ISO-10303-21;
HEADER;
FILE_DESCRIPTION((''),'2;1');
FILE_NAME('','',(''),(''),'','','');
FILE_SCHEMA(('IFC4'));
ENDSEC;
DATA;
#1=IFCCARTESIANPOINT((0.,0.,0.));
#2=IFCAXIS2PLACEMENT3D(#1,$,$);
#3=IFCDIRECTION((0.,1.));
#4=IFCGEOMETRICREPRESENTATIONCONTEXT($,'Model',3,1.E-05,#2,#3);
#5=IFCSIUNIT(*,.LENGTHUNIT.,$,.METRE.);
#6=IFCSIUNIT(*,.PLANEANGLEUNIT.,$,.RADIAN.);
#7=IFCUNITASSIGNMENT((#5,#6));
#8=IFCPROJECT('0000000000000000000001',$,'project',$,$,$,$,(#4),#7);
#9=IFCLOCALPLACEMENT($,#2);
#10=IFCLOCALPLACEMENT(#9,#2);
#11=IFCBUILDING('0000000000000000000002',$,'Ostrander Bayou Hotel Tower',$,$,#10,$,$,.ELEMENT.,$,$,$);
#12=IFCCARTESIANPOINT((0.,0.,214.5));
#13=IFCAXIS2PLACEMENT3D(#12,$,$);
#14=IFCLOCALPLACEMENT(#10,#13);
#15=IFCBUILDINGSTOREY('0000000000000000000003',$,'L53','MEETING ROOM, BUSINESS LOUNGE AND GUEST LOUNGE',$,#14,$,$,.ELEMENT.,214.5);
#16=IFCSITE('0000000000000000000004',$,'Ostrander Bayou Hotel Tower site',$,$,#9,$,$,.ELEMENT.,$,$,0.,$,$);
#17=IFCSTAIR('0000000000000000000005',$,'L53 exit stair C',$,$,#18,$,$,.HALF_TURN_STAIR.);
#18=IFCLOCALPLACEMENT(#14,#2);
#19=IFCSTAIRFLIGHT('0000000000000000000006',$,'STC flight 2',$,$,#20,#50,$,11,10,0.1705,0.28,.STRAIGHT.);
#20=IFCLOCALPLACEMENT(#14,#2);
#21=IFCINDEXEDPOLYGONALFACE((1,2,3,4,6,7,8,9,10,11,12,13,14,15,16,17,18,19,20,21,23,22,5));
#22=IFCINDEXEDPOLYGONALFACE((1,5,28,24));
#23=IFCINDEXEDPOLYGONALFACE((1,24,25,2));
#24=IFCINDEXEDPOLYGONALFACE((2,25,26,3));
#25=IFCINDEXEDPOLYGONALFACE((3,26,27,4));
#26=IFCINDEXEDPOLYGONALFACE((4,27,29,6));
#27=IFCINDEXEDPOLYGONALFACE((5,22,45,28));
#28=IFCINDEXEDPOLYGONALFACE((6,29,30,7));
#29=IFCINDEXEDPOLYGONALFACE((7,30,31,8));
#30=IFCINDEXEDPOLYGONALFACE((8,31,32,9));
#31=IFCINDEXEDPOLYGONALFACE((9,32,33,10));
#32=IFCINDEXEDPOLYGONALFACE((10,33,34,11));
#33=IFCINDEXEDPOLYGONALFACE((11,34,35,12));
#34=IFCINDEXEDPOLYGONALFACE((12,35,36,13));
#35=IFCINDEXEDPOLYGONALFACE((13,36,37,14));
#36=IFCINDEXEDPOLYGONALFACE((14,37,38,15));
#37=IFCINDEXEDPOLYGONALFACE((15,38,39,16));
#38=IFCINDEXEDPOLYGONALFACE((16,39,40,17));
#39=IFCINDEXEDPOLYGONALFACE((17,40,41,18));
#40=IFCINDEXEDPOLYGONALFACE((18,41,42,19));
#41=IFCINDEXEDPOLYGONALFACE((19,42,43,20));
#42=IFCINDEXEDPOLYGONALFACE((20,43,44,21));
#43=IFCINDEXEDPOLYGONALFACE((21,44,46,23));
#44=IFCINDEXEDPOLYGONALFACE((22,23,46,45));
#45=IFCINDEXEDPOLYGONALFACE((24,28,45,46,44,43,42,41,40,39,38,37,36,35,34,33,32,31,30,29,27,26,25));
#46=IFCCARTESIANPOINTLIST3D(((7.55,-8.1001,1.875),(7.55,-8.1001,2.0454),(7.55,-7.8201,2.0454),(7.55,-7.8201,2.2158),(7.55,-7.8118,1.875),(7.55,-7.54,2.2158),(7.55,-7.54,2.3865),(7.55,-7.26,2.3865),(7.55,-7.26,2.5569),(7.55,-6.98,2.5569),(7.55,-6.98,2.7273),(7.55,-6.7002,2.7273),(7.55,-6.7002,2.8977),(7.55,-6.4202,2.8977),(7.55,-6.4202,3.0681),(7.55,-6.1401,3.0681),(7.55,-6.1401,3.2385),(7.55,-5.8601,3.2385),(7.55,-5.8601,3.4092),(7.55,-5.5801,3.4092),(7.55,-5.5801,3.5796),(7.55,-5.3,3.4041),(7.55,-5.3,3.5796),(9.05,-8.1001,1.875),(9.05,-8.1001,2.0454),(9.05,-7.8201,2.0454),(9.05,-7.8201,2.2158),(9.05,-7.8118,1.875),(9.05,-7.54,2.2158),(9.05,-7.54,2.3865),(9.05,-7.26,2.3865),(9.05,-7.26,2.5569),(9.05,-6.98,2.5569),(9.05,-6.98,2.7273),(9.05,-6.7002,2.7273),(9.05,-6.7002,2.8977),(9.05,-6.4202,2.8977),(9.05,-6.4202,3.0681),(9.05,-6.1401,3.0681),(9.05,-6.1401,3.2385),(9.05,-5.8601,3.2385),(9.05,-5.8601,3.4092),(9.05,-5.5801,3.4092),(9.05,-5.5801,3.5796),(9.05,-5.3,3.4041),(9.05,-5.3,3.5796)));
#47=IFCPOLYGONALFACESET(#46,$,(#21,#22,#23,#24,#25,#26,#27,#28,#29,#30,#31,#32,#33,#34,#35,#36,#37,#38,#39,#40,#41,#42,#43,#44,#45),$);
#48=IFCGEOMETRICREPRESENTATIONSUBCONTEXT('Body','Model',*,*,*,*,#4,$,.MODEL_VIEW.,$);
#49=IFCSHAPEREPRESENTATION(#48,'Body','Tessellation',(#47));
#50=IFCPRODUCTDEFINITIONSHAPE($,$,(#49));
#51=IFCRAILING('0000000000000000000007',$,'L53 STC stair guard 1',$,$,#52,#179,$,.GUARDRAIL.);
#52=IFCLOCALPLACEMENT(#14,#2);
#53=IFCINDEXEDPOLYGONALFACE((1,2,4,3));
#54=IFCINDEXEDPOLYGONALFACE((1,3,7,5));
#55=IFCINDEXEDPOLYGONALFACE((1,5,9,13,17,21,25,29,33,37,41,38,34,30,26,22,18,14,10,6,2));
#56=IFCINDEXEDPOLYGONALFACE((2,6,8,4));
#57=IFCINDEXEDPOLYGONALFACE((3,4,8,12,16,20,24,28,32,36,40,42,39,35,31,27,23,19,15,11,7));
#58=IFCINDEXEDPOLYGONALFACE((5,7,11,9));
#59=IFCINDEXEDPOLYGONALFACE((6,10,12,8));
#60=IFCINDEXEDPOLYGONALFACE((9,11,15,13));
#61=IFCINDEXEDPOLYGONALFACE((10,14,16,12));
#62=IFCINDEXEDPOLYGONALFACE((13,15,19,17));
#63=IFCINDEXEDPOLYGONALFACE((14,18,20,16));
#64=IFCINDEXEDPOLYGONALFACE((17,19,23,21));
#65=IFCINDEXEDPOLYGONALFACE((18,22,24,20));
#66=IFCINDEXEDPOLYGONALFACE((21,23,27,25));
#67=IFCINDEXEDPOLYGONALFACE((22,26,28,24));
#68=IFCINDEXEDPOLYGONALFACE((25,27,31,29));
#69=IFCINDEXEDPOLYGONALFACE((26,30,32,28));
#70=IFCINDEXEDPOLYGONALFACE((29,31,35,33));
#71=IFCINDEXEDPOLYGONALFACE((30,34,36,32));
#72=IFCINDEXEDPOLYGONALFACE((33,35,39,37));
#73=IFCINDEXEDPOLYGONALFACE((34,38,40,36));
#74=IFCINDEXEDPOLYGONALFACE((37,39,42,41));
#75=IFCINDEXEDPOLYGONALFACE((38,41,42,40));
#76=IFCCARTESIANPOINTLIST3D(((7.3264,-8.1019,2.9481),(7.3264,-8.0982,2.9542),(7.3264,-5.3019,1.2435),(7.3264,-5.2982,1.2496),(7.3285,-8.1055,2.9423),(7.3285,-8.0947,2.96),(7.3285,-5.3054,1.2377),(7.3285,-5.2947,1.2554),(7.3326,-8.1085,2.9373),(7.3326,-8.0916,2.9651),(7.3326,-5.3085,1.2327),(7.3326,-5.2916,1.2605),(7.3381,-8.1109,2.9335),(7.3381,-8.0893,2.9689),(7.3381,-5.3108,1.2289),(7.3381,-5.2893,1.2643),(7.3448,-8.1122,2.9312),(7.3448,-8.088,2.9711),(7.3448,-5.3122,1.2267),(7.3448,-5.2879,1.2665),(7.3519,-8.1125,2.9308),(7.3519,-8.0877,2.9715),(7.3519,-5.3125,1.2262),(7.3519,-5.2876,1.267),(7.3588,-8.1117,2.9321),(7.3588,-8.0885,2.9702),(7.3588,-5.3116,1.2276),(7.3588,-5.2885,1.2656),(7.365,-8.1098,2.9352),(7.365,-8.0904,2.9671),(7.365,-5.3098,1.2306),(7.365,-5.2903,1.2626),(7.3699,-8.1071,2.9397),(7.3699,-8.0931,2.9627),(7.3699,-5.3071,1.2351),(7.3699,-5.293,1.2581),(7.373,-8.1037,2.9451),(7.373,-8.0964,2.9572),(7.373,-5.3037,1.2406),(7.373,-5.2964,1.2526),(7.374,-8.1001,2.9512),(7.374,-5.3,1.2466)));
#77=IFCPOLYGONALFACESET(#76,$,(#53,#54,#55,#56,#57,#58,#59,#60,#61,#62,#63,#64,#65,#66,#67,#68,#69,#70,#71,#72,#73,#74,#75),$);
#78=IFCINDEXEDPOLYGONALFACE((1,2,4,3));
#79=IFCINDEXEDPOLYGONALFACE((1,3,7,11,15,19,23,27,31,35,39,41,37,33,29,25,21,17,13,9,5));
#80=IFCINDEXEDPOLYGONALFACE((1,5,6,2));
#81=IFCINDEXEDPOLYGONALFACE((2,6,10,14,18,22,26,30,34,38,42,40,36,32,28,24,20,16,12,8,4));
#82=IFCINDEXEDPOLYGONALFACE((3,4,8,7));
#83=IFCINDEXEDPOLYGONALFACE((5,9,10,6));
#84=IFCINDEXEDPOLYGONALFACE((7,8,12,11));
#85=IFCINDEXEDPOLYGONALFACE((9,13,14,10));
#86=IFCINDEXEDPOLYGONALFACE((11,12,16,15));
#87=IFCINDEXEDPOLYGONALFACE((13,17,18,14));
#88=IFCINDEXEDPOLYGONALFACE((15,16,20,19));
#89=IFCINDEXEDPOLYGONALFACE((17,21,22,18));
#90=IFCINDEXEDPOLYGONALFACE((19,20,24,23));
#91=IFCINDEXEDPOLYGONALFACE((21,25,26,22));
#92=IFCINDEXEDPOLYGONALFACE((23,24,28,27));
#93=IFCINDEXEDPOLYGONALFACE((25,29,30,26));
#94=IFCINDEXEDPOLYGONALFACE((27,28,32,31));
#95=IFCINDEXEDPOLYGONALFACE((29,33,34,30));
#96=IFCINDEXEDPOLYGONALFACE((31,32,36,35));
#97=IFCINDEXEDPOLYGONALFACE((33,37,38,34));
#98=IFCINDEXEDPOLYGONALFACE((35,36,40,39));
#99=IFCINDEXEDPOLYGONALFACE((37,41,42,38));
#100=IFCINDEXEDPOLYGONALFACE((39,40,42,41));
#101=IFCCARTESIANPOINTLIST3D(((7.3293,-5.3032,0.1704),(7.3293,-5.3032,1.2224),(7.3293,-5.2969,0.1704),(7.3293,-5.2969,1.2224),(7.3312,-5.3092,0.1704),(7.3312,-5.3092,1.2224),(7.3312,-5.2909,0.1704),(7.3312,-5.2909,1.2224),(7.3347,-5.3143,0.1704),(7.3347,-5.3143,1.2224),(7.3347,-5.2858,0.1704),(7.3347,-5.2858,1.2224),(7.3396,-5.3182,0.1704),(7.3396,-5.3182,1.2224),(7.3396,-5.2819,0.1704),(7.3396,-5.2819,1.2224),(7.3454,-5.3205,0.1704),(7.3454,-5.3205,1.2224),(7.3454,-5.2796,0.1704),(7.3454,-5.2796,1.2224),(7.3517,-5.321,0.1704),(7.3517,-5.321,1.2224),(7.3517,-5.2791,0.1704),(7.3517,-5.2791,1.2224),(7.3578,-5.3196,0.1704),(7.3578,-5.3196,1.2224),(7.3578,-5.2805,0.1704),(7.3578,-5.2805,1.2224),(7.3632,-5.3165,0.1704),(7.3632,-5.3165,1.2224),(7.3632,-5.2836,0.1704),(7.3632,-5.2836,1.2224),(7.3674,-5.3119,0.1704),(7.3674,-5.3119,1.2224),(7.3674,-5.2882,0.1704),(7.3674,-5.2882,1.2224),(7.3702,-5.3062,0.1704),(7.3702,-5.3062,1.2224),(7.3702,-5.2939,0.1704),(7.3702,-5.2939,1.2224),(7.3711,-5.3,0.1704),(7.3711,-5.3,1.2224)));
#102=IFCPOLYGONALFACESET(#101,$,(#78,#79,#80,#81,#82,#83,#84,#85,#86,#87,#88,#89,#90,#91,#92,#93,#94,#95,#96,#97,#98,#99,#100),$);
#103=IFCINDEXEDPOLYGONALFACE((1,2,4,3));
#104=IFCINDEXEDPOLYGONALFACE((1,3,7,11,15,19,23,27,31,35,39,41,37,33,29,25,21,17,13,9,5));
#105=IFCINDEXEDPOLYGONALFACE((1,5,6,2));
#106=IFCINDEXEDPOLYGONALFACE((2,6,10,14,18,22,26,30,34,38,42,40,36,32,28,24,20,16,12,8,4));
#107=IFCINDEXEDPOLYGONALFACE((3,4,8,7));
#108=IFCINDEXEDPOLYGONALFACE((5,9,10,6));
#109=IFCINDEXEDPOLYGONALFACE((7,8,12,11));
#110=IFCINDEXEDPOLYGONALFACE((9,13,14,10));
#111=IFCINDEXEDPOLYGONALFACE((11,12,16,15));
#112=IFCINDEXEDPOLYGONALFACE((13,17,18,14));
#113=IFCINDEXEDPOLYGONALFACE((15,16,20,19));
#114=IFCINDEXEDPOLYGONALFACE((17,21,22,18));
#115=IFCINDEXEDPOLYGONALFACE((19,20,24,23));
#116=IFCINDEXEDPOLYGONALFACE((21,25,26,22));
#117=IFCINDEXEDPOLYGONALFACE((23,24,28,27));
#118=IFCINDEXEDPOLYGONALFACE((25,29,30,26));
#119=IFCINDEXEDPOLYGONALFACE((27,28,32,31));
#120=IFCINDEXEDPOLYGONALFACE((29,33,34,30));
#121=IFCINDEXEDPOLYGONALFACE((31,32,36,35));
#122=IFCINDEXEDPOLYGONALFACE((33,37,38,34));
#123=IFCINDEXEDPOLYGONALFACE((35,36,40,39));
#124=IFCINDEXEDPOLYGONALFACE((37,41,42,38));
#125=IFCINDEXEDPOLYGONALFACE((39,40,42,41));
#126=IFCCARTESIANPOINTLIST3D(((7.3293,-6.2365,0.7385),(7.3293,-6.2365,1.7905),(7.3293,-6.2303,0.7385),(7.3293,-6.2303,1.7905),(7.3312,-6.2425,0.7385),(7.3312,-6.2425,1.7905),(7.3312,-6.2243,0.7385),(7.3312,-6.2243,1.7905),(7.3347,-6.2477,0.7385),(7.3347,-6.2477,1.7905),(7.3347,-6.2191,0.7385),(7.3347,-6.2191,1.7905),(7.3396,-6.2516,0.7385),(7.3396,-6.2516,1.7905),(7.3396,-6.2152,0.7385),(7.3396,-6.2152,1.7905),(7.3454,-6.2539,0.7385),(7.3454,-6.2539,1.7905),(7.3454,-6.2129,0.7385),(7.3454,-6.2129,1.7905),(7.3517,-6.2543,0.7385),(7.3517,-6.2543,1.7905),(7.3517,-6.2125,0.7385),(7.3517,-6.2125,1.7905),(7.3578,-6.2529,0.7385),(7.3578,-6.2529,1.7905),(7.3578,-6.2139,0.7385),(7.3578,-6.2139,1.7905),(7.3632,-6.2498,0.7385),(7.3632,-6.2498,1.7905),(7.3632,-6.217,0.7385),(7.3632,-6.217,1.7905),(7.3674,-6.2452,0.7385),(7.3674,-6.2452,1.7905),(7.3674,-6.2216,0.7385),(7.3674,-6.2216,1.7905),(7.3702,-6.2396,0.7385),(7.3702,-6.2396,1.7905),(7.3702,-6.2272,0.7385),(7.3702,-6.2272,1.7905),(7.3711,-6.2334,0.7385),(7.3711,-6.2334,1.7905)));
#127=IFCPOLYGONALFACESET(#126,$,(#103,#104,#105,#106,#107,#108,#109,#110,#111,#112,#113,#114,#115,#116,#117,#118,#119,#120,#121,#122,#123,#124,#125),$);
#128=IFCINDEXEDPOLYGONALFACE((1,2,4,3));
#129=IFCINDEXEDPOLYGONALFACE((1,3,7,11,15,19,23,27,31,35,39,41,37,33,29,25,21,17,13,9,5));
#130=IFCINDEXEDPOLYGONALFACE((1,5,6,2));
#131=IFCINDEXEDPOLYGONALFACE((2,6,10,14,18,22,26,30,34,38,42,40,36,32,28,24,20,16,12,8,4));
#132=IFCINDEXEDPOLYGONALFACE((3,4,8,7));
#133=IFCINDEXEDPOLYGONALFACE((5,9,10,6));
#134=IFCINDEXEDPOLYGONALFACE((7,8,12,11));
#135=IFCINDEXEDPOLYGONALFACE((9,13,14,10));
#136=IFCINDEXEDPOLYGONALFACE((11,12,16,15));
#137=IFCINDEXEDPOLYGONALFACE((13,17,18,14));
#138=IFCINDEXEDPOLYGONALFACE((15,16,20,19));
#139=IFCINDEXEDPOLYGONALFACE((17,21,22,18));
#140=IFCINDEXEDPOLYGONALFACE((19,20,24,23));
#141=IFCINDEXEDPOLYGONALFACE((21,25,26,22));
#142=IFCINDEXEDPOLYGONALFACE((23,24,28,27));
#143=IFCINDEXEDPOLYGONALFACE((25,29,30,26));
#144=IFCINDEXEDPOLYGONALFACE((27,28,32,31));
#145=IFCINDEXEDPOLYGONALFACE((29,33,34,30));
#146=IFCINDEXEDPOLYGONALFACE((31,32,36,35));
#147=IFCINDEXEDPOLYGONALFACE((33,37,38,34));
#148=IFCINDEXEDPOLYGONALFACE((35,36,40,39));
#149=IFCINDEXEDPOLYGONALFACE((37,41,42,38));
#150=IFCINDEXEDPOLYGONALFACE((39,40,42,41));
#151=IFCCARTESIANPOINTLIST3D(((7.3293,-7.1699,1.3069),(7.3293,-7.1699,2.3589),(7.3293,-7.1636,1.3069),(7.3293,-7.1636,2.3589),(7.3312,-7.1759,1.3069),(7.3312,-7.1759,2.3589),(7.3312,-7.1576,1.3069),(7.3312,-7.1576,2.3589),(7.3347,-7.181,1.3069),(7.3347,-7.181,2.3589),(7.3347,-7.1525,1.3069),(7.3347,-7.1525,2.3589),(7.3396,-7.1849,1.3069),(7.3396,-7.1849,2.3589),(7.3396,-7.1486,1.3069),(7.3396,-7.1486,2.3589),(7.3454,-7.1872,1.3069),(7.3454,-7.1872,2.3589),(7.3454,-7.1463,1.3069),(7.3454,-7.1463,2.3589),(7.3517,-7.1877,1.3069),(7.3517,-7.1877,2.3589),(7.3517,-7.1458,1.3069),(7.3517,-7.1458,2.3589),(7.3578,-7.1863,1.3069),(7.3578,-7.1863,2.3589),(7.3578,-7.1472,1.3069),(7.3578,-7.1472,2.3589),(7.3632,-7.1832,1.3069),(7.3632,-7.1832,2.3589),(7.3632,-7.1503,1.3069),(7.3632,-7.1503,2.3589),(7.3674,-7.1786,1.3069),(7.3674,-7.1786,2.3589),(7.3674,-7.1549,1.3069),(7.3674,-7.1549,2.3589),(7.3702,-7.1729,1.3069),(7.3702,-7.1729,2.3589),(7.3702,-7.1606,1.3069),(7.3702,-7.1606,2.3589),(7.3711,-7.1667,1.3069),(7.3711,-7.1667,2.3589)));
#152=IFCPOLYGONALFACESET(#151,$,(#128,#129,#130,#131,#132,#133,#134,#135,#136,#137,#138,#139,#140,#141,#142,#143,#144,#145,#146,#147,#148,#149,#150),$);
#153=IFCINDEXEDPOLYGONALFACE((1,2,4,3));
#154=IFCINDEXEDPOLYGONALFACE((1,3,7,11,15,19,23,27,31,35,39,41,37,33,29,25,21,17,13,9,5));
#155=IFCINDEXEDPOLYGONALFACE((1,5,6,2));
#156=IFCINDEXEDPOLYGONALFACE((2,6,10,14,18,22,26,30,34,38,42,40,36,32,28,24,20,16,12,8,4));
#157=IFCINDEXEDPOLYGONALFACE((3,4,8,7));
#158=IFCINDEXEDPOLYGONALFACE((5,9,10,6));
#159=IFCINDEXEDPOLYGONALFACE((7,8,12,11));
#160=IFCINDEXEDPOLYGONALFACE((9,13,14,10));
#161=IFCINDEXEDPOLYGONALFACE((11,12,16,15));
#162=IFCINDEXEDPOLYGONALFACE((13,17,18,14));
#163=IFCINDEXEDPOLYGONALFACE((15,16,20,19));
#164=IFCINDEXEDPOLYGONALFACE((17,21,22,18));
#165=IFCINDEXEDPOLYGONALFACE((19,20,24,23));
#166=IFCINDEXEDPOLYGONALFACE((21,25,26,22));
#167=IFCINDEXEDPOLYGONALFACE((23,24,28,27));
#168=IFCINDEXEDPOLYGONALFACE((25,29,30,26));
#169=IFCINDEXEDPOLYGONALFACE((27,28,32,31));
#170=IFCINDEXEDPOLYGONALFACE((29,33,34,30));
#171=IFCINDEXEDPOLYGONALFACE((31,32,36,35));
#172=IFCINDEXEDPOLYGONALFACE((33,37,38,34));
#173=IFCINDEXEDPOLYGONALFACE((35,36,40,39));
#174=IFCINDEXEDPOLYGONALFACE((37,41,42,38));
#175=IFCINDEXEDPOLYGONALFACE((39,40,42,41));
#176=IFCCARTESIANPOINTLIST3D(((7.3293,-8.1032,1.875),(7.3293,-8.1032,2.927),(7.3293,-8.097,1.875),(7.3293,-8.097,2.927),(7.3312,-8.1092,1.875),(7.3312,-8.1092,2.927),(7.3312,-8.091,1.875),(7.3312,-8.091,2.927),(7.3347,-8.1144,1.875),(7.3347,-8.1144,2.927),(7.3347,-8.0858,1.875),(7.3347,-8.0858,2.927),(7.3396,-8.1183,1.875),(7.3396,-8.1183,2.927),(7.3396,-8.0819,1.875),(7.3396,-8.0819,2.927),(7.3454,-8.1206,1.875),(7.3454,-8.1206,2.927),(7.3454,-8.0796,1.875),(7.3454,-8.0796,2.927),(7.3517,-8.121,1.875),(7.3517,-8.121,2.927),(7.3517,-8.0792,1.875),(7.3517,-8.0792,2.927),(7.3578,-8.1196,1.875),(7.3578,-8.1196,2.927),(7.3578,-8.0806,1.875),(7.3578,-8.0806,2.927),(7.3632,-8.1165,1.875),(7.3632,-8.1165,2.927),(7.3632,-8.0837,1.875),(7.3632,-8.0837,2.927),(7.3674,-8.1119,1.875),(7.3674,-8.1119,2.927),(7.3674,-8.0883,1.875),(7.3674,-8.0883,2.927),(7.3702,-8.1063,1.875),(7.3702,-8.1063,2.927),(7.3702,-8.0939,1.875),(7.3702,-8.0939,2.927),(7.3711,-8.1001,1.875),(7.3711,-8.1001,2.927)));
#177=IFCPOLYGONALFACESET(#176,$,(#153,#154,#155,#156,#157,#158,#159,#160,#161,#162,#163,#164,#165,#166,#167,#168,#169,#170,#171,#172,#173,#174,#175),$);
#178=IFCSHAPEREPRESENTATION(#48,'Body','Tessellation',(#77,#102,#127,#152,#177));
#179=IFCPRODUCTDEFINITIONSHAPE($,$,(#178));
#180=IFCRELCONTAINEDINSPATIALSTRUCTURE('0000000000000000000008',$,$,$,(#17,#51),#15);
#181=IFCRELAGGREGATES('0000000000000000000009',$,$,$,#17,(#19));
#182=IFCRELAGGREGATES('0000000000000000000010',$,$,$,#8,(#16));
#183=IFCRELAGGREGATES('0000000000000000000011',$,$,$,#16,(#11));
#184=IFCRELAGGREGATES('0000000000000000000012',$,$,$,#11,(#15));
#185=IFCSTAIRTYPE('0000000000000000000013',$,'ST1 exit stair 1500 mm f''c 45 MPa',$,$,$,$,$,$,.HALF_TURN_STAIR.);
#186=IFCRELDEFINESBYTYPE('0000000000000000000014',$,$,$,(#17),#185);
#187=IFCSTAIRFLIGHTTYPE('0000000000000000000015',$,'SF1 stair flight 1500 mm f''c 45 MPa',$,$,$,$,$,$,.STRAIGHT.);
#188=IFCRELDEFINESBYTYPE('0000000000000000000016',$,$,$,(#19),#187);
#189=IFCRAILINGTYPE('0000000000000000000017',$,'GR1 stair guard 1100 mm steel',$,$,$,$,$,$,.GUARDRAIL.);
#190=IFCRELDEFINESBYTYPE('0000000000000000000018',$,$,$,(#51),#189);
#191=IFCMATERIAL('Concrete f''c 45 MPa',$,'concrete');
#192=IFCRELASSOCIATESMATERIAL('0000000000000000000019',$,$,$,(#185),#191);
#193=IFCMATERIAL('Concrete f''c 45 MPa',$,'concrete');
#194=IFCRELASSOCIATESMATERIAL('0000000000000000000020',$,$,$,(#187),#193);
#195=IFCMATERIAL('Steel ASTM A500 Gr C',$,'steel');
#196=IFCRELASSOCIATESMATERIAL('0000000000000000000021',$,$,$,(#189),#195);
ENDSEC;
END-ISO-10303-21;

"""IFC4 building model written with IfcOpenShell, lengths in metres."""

from ifc_helpers import new_model, si_unit, direction, frame, origin, origin_2d, place, context, subcontext, project, spatial, polyline, circle, outline, extrude, material, type_object, element, aggregate, save


model = new_model("IFC4")

# Units and contexts
model_context = context("Model", 3, precision=1e-05, world=origin(), true_north=direction((0.0, 1.0)))
body_context = subcontext(model_context, "Body", "Model", "MODEL_VIEW")
ifc_project = project(units=[si_unit("LENGTHUNIT", "METRE"), si_unit("PLANEANGLEUNIT", "RADIAN")], contexts=[model_context])

# Site, building, storey
site_placement = place(None, origin())
site = spatial("IfcSite", under=ifc_project, at=site_placement, Name="Ostrander Bayou Hotel Tower site", CompositionType="ELEMENT", RefElevation=0.0)
building_placement = place(site_placement, origin())
building = spatial("IfcBuilding", under=site, at=building_placement, Name="Ostrander Bayou Hotel Tower", CompositionType="ELEMENT")
storey_placement = place(building_placement, frame((0.0, 0.0, 214.5)))
storey = spatial("IfcBuildingStorey", under=building, at=storey_placement, Name="L53", Description="MEETING ROOM, BUSINESS LOUNGE AND GUEST LOUNGE", CompositionType="ELEMENT", Elevation=214.5)

# Shared definitions
ifc_material_1 = material(Name="Concrete f'c 45 MPa", Category="concrete")
stair_type = type_object("IfcStairType", Name="ST1 exit stair 1500 mm f'c 45 MPa", PredefinedType="HALF_TURN_STAIR", material=ifc_material_1)

# Stair, stair flight
stair_1_placement = place(storey_placement, origin())
stair_1 = element("IfcStair", 1, at=stair_1_placement, inside=storey, type_object=stair_type, Name="L53 exit stair C", PredefinedType="HALF_TURN_STAIR")
ifc_material_2 = material(Name="Concrete f'c 45 MPa", Category="concrete")
stair_flight_type = type_object("IfcStairFlightType", Name="SF1 stair flight 1500 mm f'c 45 MPa", PredefinedType="STRAIGHT", material=ifc_material_2)
stair_flight_1_placement = place(storey_placement, frame((8.3, -8.1001, 1.875), z_axis=(0.0, 0.0, 1.0), x_axis=(0.0, 1.0, 0.0)))
stair_flight_1 = element("IfcStairFlight", 2, at=stair_flight_1_placement, type_object=stair_flight_type, Name="STC flight 2", NumberOfRisers=11, NumberOfTreads=10, PredefinedType="STRAIGHT", RiserHeight=0.1705, TreadLength=0.28, context=body_context, shape_type="SweptSolid", body=[
    extrude(outline(polyline([(0.0, 0.0), (0.0, 0.1704), (0.28, 0.1704), (0.28, 0.3408), (0.5601, 0.3408), (0.5601, 0.5115), (0.8401, 0.5115), (0.8401, 0.6819), (1.1201, 0.6819), (1.1201, 0.8523), (1.3999, 0.8523), (1.3999, 1.0227), (1.6799, 1.0227), (1.6799, 1.1931), (1.96, 1.1931), (1.96, 1.3635), (2.24, 1.3635), (2.24, 1.5342), (2.52, 1.5342), (2.52, 1.7046), (2.8, 1.7046), (2.8, 1.875), (2.8, 1.5291), (0.2883, 0.0), (0.0, 0.0)])), frame((0.0, 0.75, 0.0), z_axis=(0.0, -1.0, 0.0), x_axis=(1.0, 0.0, 0.0)), (0.0, 0.0, 1.0), 1.5),
])
aggregate(stair_1, [stair_flight_1])

# Railing
ifc_material_3 = material(Name="Steel ASTM A500 Gr C", Category="steel")
railing_type_1 = type_object("IfcRailingType", Name="GR1 stair guard 1100 mm steel", PredefinedType="GUARDRAIL", material=ifc_material_3)
railing_1_placement = place(storey_placement, frame((7.3501, -5.3, 0.1704)))
element("IfcRailing", 3, at=railing_1_placement, inside=storey, type_object=railing_type_1, Name="L53 STC stair guard 1", PredefinedType="GUARDRAIL", context=body_context, shape_type="SweptSolid", body=[
    extrude(circle(Radius=0.0239, at=origin_2d()), frame((0.0, 0.0, 1.0762), z_axis=(0.0, -0.85417, 0.519994), x_axis=(1.0, 0.0, 0.0)), (0.0, 0.0, 1.0), 3.2781),
    extrude(circle(Radius=0.021, at=origin_2d()), origin(), (0.0, 0.0, 1.0), 1.052),
    extrude(circle(Radius=0.021, at=origin_2d()), frame((0.0, -0.9333, 0.5681)), (0.0, 0.0, 1.0), 1.052),
    extrude(circle(Radius=0.021, at=origin_2d()), frame((0.0, -1.8667, 1.1365)), (0.0, 0.0, 1.0), 1.052),
    extrude(circle(Radius=0.021, at=origin_2d()), frame((0.0, -2.8, 1.7046)), (0.0, 0.0, 1.0), 1.052),
])

save(model, "model.ifc")
